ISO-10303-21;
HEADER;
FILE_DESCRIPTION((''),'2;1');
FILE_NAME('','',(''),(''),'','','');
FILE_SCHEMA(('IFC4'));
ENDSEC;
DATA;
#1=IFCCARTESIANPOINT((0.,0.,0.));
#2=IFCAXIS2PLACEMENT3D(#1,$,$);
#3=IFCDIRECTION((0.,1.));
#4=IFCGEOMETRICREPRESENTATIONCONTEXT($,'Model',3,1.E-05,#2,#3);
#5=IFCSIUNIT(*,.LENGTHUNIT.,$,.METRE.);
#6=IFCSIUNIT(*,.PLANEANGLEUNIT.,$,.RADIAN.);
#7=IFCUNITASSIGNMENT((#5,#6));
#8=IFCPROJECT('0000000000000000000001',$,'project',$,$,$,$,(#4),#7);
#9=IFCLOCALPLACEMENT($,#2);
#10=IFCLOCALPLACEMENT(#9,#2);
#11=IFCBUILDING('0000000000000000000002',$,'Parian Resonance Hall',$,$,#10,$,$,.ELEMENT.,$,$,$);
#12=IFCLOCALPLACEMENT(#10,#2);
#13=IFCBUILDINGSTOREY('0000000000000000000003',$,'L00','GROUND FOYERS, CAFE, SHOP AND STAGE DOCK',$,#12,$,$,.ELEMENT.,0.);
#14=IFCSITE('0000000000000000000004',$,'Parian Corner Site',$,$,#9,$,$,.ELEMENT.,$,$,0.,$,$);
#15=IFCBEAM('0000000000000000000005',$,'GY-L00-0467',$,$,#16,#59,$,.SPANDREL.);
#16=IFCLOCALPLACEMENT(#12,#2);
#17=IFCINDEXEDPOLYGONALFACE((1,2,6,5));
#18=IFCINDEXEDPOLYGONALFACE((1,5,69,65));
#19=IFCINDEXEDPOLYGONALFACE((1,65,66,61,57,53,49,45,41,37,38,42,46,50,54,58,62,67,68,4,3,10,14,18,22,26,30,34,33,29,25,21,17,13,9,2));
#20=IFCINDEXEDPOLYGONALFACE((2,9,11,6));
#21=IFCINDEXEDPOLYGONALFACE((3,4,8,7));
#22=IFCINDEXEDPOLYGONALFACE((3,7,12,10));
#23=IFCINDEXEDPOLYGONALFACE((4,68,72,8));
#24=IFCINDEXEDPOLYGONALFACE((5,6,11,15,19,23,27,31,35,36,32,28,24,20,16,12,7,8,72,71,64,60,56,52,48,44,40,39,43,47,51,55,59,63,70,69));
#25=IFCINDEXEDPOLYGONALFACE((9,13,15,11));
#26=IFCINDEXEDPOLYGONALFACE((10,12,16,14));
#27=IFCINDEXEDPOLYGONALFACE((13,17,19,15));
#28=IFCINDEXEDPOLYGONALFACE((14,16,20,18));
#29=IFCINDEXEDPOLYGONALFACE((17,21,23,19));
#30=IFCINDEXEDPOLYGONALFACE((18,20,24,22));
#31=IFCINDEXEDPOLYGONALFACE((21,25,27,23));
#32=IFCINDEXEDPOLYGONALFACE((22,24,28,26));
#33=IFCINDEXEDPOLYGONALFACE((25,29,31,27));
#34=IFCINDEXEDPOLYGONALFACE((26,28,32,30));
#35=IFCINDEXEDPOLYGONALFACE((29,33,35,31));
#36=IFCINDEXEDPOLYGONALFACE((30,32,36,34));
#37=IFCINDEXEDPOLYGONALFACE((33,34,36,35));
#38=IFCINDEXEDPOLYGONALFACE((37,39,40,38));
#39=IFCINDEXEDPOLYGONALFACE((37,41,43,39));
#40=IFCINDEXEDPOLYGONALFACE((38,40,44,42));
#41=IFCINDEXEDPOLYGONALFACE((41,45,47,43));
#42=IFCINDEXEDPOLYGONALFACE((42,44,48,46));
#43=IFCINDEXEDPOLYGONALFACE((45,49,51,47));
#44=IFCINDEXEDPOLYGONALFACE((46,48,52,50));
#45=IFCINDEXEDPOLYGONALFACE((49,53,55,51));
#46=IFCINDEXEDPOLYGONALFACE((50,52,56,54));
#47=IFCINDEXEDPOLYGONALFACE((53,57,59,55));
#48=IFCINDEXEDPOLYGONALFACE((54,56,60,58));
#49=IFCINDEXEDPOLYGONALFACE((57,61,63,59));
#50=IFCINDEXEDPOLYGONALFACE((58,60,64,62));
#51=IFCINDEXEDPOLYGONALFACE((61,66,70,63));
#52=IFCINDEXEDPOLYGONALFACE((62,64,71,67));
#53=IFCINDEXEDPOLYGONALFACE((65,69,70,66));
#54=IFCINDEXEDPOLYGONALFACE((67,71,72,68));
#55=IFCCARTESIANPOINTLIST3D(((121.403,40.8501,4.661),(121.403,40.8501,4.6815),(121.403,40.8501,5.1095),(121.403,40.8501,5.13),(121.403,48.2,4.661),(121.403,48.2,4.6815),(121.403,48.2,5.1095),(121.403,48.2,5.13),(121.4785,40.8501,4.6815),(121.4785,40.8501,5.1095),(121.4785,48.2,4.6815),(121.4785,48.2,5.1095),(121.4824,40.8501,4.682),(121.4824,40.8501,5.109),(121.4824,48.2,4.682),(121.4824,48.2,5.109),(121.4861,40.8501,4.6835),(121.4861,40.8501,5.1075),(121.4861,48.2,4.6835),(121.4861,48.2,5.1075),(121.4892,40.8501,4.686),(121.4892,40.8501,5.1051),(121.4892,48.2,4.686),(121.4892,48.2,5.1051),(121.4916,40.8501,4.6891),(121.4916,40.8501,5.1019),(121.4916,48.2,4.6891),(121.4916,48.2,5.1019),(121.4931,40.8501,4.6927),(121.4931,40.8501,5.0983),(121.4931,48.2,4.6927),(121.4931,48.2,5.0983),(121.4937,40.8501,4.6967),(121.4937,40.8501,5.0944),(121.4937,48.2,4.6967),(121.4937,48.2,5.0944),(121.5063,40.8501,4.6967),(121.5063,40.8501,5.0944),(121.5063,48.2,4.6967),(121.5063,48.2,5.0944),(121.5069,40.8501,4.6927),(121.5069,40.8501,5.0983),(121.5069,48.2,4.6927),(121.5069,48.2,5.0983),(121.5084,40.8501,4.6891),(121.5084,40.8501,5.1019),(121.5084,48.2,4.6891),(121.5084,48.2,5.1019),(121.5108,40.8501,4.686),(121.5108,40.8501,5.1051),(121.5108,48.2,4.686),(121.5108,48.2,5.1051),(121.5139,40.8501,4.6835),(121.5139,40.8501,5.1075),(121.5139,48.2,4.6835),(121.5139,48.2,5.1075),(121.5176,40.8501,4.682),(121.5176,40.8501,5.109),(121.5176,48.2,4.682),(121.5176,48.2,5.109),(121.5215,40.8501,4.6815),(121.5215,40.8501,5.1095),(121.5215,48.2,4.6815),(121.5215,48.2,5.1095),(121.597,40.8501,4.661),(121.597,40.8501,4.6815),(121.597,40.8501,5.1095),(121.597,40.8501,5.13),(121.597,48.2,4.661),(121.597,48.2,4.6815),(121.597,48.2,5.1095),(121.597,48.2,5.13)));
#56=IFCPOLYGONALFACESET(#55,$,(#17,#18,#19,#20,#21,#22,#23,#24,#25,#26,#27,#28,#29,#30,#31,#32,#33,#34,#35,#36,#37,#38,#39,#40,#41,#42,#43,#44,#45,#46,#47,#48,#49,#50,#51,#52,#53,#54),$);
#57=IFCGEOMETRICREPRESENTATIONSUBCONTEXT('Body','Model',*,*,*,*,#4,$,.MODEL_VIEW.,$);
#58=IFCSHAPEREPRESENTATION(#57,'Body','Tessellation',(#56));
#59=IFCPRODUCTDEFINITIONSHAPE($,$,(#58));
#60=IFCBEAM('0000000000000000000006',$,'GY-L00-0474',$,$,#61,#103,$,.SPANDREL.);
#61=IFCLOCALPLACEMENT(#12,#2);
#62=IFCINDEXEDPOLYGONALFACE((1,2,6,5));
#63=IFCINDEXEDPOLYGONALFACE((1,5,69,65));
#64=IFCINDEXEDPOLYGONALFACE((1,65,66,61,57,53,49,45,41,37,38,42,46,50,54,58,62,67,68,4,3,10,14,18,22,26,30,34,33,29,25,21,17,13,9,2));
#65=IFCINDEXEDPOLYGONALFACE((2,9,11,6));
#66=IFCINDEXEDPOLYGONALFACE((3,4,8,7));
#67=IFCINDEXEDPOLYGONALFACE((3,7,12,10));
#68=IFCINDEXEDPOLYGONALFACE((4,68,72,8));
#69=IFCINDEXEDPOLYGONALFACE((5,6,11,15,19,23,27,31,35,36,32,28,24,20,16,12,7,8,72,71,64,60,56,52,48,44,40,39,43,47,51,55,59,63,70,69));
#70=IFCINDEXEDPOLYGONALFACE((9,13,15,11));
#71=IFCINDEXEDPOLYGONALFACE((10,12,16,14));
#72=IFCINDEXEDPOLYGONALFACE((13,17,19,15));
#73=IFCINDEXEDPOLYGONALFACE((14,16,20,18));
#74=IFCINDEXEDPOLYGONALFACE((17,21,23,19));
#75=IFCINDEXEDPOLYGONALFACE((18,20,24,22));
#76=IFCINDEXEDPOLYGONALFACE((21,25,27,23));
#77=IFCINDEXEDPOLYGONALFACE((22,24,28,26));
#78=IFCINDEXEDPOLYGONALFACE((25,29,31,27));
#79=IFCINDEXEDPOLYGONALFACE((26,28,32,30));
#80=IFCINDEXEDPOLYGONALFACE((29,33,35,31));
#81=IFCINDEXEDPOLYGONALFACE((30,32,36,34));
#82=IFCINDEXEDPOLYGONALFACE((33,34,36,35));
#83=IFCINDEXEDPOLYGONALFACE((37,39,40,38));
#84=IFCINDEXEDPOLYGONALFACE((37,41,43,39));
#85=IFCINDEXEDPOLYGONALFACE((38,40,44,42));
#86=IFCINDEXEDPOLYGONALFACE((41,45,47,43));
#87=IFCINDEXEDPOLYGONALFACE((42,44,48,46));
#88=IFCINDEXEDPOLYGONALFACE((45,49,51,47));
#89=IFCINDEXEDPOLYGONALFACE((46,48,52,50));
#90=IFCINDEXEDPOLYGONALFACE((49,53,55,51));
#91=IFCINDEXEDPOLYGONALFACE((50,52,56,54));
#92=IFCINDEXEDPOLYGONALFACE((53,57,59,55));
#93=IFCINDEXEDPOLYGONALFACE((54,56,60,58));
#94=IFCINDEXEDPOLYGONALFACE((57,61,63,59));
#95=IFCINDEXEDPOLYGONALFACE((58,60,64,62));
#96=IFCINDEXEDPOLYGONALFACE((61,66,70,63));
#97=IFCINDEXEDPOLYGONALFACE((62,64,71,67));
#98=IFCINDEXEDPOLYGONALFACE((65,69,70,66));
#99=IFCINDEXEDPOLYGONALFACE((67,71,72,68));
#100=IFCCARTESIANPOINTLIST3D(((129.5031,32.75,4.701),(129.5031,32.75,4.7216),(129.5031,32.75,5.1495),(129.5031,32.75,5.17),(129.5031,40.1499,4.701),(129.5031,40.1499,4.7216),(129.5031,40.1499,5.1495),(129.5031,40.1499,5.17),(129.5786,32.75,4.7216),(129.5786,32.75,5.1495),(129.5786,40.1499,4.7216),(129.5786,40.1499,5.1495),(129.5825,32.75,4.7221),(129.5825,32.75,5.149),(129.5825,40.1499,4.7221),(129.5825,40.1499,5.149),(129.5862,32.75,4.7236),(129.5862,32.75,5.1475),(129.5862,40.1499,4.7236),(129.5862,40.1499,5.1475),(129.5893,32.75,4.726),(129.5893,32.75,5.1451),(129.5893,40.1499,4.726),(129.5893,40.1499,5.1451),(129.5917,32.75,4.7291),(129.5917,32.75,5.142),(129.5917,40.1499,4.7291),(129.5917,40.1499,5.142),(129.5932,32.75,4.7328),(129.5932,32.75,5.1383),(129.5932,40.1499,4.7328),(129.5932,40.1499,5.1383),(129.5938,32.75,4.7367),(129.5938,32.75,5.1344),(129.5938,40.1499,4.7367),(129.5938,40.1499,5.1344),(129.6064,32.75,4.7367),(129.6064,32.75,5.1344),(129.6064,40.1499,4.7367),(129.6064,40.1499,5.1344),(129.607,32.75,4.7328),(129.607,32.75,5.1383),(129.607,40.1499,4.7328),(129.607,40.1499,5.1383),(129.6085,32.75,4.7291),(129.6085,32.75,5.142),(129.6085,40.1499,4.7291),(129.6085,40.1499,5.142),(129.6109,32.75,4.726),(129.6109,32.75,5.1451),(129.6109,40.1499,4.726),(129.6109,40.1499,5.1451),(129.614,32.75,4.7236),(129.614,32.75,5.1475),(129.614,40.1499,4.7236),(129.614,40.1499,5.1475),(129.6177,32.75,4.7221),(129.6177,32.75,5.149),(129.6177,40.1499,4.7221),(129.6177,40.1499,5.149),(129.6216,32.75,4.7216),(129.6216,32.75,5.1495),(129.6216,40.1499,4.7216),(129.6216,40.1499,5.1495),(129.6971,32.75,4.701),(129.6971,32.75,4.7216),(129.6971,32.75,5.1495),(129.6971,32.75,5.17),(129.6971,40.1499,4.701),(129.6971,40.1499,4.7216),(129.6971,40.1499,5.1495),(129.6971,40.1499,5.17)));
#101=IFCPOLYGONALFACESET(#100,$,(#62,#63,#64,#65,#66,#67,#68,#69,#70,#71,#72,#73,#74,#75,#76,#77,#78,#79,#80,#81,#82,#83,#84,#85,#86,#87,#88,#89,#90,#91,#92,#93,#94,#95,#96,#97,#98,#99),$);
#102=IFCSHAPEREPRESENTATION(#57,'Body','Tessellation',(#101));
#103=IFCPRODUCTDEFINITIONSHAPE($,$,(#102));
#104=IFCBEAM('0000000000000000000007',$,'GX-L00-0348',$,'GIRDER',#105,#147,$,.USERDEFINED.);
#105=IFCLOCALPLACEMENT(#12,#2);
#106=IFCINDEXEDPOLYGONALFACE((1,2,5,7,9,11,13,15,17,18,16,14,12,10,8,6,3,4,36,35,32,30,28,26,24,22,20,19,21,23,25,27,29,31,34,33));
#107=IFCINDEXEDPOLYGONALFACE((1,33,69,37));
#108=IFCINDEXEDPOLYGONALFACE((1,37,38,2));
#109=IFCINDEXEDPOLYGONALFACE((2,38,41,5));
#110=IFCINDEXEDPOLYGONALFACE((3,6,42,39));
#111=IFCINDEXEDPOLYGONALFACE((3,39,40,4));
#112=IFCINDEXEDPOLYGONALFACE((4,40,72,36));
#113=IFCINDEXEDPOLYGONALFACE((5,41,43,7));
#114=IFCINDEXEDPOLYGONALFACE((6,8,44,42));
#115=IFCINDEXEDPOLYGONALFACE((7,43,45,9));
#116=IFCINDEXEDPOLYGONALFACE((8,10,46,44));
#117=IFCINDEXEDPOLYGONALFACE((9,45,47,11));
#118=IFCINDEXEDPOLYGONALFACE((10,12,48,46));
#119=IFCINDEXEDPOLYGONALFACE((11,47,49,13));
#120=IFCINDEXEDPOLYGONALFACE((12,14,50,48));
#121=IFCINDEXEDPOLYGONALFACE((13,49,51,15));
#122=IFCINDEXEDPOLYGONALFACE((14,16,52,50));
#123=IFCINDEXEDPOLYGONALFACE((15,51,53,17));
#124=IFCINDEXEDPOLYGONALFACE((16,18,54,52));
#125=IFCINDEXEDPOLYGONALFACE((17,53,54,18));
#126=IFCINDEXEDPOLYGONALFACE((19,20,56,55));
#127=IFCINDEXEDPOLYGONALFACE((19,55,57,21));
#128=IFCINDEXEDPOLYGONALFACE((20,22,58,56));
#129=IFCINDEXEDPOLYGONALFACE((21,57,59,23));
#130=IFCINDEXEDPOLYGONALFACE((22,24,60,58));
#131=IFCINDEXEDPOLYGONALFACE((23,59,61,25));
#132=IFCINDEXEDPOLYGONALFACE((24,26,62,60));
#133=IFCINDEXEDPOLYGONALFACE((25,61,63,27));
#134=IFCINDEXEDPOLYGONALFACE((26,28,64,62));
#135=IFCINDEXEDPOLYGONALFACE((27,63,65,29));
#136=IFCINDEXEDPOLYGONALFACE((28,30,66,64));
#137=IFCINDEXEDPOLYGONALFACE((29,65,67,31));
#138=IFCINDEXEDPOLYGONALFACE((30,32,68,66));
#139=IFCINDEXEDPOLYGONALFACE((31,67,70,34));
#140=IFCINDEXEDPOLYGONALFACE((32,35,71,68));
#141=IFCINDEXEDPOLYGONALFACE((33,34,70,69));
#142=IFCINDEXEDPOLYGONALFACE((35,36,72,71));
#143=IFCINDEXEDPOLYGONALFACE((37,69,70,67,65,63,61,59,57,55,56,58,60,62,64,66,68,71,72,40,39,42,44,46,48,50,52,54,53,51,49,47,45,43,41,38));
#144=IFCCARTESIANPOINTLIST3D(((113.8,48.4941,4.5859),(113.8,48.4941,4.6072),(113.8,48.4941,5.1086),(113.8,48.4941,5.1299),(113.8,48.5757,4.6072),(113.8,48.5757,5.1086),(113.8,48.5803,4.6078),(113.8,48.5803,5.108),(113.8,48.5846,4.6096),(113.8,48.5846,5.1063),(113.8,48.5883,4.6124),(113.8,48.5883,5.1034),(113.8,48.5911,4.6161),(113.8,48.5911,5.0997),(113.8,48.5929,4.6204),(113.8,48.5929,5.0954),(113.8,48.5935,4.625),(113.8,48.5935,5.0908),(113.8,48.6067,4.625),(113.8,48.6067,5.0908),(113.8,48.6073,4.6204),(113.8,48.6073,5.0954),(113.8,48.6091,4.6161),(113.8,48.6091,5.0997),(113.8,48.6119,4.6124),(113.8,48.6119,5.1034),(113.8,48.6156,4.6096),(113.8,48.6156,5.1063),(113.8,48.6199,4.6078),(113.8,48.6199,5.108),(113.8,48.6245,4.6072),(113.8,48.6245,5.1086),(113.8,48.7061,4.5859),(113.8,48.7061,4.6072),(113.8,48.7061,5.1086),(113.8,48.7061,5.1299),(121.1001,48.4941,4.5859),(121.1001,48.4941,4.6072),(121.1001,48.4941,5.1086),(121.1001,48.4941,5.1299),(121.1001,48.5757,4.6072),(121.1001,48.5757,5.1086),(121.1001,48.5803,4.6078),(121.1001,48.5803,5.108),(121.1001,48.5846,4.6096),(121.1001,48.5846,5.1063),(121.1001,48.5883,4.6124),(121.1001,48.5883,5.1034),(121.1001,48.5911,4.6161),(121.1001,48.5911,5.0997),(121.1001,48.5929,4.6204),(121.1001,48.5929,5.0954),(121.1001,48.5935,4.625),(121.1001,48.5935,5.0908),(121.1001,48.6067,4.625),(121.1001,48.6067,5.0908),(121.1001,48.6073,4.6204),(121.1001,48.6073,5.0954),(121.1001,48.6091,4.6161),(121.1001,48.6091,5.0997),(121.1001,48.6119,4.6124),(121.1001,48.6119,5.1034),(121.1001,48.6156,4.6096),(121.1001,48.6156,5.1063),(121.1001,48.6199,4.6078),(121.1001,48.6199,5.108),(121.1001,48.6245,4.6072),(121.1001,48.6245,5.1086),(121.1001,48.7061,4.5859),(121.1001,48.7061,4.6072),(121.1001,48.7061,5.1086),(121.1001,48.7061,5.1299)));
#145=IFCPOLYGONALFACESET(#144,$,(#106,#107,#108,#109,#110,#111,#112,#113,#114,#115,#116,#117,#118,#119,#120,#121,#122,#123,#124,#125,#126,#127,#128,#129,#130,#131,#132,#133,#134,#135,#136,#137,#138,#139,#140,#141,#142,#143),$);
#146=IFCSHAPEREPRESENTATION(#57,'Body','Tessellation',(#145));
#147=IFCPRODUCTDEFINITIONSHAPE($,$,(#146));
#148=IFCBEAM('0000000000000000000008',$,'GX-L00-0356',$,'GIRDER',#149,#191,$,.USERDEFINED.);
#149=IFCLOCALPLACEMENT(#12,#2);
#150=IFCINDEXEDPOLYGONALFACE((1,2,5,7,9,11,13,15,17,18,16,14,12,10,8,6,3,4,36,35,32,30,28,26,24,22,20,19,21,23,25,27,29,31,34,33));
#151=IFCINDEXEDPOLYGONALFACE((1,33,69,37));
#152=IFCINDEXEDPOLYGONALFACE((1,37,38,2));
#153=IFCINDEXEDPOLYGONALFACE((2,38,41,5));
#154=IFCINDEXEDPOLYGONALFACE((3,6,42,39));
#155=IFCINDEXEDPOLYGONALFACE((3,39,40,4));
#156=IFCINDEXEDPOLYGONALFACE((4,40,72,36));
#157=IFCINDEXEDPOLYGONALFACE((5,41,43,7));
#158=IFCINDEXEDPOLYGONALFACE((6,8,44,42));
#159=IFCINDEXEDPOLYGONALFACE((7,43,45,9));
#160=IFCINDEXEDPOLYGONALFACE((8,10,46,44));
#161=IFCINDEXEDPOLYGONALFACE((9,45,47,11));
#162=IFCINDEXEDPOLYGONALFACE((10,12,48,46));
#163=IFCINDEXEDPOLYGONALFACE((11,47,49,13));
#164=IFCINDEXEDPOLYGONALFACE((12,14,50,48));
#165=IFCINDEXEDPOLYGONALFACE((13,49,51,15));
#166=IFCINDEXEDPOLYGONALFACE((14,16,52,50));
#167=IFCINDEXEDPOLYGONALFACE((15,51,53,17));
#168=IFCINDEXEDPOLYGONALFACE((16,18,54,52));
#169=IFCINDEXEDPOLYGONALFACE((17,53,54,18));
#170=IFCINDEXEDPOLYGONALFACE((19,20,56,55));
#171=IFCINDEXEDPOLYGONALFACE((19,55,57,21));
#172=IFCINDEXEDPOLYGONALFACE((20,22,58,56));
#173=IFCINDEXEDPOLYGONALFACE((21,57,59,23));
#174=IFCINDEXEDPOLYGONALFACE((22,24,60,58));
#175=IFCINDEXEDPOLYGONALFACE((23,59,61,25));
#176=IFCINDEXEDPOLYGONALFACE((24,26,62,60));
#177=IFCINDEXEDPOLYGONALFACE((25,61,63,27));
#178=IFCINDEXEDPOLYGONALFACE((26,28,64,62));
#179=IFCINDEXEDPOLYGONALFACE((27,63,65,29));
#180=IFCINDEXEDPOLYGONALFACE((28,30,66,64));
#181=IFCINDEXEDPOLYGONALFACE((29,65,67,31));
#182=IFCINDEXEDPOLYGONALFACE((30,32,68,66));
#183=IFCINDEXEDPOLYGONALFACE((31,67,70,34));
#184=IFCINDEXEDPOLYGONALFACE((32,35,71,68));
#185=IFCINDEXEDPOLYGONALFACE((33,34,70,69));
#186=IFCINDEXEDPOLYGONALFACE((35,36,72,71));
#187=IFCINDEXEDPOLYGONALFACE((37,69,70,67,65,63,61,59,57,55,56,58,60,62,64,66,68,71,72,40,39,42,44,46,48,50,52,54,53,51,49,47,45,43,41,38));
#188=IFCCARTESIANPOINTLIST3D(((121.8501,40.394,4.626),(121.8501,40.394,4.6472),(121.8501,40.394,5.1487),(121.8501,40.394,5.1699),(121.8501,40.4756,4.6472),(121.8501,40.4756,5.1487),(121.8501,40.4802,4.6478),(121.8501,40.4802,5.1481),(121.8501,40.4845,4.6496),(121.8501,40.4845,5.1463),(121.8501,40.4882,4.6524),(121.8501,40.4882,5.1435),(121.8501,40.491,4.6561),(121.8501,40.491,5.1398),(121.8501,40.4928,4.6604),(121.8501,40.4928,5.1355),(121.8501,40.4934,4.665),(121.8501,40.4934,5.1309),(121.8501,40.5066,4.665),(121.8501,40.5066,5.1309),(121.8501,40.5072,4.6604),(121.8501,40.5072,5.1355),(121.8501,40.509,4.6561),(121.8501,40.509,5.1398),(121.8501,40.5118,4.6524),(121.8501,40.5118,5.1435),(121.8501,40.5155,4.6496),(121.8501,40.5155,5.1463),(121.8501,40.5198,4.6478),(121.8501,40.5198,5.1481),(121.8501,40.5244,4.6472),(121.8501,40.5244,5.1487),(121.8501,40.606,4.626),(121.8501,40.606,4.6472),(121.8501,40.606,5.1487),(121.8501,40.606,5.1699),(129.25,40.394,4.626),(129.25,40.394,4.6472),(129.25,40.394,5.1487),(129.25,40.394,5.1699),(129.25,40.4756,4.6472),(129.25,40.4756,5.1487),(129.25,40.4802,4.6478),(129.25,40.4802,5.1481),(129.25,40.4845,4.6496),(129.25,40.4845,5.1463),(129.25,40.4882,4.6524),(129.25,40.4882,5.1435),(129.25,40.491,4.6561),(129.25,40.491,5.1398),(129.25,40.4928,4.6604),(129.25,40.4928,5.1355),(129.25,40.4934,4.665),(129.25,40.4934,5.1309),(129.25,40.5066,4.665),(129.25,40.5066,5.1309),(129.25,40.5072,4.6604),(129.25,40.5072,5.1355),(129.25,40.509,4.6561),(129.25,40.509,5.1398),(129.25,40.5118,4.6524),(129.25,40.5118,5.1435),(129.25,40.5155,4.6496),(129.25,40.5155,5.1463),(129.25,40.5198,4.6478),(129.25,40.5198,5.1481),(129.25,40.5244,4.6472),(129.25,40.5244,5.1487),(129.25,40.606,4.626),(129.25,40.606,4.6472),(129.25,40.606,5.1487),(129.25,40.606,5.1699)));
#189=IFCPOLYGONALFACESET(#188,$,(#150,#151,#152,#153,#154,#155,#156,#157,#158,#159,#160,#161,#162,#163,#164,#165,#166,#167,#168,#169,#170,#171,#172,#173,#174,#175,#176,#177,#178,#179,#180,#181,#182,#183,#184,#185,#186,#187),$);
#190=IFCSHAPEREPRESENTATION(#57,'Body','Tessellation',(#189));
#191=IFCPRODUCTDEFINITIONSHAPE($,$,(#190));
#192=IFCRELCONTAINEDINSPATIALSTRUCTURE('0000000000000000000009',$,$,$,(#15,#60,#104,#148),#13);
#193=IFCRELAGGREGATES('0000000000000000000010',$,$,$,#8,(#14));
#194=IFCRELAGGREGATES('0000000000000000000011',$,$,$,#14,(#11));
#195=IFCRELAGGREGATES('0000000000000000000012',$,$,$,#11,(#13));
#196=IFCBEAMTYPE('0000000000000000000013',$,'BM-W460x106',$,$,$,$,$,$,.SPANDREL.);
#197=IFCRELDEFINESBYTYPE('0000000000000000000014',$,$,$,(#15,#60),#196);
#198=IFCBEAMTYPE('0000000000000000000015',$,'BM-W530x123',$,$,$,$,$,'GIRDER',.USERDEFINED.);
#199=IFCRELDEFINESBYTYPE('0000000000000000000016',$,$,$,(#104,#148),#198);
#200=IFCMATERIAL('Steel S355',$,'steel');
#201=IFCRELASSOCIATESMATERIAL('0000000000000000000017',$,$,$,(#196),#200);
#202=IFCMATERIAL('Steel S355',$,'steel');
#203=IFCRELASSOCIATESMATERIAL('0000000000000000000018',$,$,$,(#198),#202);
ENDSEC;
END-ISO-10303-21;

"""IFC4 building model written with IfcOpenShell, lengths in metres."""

from ifc_helpers import new_model, si_unit, direction, frame, origin, origin_2d, place, context, subcontext, project, spatial, i_section, extrude, material, material_profile, profile_set, type_object, element, save


model = new_model("IFC4")

# Units and contexts
model_context = context("Model", 3, precision=1e-05, world=origin(), true_north=direction((0.0, 1.0)))
body_context = subcontext(model_context, "Body", "Model", "MODEL_VIEW")
ifc_project = project(units=[si_unit("LENGTHUNIT", "METRE"), si_unit("PLANEANGLEUNIT", "RADIAN")], contexts=[model_context])

# Site, building, storey
site_placement = place(None, origin())
site = spatial("IfcSite", under=ifc_project, at=site_placement, Name="Parian Corner Site", CompositionType="ELEMENT", RefElevation=0.0)
building_placement = place(site_placement, origin())
building = spatial("IfcBuilding", under=site, at=building_placement, Name="Parian Resonance Hall", CompositionType="ELEMENT")
storey_placement = place(building_placement, origin())
storey = spatial("IfcBuildingStorey", under=building, at=storey_placement, Name="L00", Description="GROUND FOYERS, CAFE, SHOP AND STAGE DOCK", CompositionType="ELEMENT", Elevation=0.0)

# Beams
ifc_material_1 = material(Name="Steel S355", Category="steel")
ifc_material_profile_1 = material_profile(ifc_material_1, i_section(OverallWidth=0.1941, OverallDepth=0.469, WebThickness=0.0127, FlangeThickness=0.0205, FilletRadius=0.0151, at=origin_2d()), Name="W460x106")
ifc_profile_set_1 = profile_set([ifc_material_profile_1], Name="Steel S355")
beam_type_1 = type_object("IfcBeamType", Name="BM-W460x106", PredefinedType="SPANDREL", material=ifc_profile_set_1)
beam_1_placement = place(storey_placement, frame((121.5, 40.8501, 4.8955), z_axis=(0.0, 1.0, 0.0), x_axis=(-1.0, 0.0, 0.0)))
element("IfcBeam", 1, at=beam_1_placement, inside=storey, type_object=beam_type_1, Name="GY-L00-0467", PredefinedType="SPANDREL", context=body_context, shape_type="SweptSolid", body=[
    extrude(i_section(OverallWidth=0.1941, OverallDepth=0.469, WebThickness=0.0127, FlangeThickness=0.0205, FilletRadius=0.0151, at=origin_2d()), origin(), (0.0, 0.0, 1.0), 7.3499),
])
beam_2_placement = place(storey_placement, frame((129.6001, 32.75, 4.9355), z_axis=(0.0, 1.0, 0.0), x_axis=(-1.0, 0.0, 0.0)))
element("IfcBeam", 2, at=beam_2_placement, inside=storey, type_object=beam_type_1, Name="GY-L00-0474", PredefinedType="SPANDREL", context=body_context, shape_type="SweptSolid", body=[
    extrude(i_section(OverallWidth=0.1941, OverallDepth=0.469, WebThickness=0.0127, FlangeThickness=0.0205, FilletRadius=0.0151, at=origin_2d()), origin(), (0.0, 0.0, 1.0), 7.3999),
])
ifc_material_2 = material(Name="Steel S355", Category="steel")
ifc_material_profile_2 = material_profile(ifc_material_2, i_section(OverallWidth=0.2119, OverallDepth=0.5439, WebThickness=0.0132, FlangeThickness=0.0212, FilletRadius=0.0178, at=origin_2d()), Name="W530x123")
ifc_profile_set_2 = profile_set([ifc_material_profile_2], Name="Steel S355")
beam_type_2 = type_object("IfcBeamType", Name="BM-W530x123", ElementType="GIRDER", PredefinedType="USERDEFINED", material=ifc_profile_set_2)
beam_3_placement = place(storey_placement, frame((113.8, 48.6001, 4.8579), z_axis=(1.0, 0.0, 0.0), x_axis=(0.0, 1.0, 0.0)))
element("IfcBeam", 3, at=beam_3_placement, inside=storey, type_object=beam_type_2, Name="GX-L00-0348", ObjectType="GIRDER", PredefinedType="USERDEFINED", context=body_context, shape_type="SweptSolid", body=[
    extrude(i_section(OverallWidth=0.2119, OverallDepth=0.5439, WebThickness=0.0132, FlangeThickness=0.0212, FilletRadius=0.0178, at=origin_2d()), origin(), (0.0, 0.0, 1.0), 7.3),
])
beam_4_placement = place(storey_placement, frame((121.8501, 40.5, 4.8979), z_axis=(1.0, 0.0, 0.0), x_axis=(0.0, 1.0, 0.0)))
element("IfcBeam", 4, at=beam_4_placement, inside=storey, type_object=beam_type_2, Name="GX-L00-0356", ObjectType="GIRDER", PredefinedType="USERDEFINED", context=body_context, shape_type="SweptSolid", body=[
    extrude(i_section(OverallWidth=0.2119, OverallDepth=0.5439, WebThickness=0.0132, FlangeThickness=0.0212, FilletRadius=0.0178, at=origin_2d()), origin(), (0.0, 0.0, 1.0), 7.3999),
])

save(model, "model.ifc")
